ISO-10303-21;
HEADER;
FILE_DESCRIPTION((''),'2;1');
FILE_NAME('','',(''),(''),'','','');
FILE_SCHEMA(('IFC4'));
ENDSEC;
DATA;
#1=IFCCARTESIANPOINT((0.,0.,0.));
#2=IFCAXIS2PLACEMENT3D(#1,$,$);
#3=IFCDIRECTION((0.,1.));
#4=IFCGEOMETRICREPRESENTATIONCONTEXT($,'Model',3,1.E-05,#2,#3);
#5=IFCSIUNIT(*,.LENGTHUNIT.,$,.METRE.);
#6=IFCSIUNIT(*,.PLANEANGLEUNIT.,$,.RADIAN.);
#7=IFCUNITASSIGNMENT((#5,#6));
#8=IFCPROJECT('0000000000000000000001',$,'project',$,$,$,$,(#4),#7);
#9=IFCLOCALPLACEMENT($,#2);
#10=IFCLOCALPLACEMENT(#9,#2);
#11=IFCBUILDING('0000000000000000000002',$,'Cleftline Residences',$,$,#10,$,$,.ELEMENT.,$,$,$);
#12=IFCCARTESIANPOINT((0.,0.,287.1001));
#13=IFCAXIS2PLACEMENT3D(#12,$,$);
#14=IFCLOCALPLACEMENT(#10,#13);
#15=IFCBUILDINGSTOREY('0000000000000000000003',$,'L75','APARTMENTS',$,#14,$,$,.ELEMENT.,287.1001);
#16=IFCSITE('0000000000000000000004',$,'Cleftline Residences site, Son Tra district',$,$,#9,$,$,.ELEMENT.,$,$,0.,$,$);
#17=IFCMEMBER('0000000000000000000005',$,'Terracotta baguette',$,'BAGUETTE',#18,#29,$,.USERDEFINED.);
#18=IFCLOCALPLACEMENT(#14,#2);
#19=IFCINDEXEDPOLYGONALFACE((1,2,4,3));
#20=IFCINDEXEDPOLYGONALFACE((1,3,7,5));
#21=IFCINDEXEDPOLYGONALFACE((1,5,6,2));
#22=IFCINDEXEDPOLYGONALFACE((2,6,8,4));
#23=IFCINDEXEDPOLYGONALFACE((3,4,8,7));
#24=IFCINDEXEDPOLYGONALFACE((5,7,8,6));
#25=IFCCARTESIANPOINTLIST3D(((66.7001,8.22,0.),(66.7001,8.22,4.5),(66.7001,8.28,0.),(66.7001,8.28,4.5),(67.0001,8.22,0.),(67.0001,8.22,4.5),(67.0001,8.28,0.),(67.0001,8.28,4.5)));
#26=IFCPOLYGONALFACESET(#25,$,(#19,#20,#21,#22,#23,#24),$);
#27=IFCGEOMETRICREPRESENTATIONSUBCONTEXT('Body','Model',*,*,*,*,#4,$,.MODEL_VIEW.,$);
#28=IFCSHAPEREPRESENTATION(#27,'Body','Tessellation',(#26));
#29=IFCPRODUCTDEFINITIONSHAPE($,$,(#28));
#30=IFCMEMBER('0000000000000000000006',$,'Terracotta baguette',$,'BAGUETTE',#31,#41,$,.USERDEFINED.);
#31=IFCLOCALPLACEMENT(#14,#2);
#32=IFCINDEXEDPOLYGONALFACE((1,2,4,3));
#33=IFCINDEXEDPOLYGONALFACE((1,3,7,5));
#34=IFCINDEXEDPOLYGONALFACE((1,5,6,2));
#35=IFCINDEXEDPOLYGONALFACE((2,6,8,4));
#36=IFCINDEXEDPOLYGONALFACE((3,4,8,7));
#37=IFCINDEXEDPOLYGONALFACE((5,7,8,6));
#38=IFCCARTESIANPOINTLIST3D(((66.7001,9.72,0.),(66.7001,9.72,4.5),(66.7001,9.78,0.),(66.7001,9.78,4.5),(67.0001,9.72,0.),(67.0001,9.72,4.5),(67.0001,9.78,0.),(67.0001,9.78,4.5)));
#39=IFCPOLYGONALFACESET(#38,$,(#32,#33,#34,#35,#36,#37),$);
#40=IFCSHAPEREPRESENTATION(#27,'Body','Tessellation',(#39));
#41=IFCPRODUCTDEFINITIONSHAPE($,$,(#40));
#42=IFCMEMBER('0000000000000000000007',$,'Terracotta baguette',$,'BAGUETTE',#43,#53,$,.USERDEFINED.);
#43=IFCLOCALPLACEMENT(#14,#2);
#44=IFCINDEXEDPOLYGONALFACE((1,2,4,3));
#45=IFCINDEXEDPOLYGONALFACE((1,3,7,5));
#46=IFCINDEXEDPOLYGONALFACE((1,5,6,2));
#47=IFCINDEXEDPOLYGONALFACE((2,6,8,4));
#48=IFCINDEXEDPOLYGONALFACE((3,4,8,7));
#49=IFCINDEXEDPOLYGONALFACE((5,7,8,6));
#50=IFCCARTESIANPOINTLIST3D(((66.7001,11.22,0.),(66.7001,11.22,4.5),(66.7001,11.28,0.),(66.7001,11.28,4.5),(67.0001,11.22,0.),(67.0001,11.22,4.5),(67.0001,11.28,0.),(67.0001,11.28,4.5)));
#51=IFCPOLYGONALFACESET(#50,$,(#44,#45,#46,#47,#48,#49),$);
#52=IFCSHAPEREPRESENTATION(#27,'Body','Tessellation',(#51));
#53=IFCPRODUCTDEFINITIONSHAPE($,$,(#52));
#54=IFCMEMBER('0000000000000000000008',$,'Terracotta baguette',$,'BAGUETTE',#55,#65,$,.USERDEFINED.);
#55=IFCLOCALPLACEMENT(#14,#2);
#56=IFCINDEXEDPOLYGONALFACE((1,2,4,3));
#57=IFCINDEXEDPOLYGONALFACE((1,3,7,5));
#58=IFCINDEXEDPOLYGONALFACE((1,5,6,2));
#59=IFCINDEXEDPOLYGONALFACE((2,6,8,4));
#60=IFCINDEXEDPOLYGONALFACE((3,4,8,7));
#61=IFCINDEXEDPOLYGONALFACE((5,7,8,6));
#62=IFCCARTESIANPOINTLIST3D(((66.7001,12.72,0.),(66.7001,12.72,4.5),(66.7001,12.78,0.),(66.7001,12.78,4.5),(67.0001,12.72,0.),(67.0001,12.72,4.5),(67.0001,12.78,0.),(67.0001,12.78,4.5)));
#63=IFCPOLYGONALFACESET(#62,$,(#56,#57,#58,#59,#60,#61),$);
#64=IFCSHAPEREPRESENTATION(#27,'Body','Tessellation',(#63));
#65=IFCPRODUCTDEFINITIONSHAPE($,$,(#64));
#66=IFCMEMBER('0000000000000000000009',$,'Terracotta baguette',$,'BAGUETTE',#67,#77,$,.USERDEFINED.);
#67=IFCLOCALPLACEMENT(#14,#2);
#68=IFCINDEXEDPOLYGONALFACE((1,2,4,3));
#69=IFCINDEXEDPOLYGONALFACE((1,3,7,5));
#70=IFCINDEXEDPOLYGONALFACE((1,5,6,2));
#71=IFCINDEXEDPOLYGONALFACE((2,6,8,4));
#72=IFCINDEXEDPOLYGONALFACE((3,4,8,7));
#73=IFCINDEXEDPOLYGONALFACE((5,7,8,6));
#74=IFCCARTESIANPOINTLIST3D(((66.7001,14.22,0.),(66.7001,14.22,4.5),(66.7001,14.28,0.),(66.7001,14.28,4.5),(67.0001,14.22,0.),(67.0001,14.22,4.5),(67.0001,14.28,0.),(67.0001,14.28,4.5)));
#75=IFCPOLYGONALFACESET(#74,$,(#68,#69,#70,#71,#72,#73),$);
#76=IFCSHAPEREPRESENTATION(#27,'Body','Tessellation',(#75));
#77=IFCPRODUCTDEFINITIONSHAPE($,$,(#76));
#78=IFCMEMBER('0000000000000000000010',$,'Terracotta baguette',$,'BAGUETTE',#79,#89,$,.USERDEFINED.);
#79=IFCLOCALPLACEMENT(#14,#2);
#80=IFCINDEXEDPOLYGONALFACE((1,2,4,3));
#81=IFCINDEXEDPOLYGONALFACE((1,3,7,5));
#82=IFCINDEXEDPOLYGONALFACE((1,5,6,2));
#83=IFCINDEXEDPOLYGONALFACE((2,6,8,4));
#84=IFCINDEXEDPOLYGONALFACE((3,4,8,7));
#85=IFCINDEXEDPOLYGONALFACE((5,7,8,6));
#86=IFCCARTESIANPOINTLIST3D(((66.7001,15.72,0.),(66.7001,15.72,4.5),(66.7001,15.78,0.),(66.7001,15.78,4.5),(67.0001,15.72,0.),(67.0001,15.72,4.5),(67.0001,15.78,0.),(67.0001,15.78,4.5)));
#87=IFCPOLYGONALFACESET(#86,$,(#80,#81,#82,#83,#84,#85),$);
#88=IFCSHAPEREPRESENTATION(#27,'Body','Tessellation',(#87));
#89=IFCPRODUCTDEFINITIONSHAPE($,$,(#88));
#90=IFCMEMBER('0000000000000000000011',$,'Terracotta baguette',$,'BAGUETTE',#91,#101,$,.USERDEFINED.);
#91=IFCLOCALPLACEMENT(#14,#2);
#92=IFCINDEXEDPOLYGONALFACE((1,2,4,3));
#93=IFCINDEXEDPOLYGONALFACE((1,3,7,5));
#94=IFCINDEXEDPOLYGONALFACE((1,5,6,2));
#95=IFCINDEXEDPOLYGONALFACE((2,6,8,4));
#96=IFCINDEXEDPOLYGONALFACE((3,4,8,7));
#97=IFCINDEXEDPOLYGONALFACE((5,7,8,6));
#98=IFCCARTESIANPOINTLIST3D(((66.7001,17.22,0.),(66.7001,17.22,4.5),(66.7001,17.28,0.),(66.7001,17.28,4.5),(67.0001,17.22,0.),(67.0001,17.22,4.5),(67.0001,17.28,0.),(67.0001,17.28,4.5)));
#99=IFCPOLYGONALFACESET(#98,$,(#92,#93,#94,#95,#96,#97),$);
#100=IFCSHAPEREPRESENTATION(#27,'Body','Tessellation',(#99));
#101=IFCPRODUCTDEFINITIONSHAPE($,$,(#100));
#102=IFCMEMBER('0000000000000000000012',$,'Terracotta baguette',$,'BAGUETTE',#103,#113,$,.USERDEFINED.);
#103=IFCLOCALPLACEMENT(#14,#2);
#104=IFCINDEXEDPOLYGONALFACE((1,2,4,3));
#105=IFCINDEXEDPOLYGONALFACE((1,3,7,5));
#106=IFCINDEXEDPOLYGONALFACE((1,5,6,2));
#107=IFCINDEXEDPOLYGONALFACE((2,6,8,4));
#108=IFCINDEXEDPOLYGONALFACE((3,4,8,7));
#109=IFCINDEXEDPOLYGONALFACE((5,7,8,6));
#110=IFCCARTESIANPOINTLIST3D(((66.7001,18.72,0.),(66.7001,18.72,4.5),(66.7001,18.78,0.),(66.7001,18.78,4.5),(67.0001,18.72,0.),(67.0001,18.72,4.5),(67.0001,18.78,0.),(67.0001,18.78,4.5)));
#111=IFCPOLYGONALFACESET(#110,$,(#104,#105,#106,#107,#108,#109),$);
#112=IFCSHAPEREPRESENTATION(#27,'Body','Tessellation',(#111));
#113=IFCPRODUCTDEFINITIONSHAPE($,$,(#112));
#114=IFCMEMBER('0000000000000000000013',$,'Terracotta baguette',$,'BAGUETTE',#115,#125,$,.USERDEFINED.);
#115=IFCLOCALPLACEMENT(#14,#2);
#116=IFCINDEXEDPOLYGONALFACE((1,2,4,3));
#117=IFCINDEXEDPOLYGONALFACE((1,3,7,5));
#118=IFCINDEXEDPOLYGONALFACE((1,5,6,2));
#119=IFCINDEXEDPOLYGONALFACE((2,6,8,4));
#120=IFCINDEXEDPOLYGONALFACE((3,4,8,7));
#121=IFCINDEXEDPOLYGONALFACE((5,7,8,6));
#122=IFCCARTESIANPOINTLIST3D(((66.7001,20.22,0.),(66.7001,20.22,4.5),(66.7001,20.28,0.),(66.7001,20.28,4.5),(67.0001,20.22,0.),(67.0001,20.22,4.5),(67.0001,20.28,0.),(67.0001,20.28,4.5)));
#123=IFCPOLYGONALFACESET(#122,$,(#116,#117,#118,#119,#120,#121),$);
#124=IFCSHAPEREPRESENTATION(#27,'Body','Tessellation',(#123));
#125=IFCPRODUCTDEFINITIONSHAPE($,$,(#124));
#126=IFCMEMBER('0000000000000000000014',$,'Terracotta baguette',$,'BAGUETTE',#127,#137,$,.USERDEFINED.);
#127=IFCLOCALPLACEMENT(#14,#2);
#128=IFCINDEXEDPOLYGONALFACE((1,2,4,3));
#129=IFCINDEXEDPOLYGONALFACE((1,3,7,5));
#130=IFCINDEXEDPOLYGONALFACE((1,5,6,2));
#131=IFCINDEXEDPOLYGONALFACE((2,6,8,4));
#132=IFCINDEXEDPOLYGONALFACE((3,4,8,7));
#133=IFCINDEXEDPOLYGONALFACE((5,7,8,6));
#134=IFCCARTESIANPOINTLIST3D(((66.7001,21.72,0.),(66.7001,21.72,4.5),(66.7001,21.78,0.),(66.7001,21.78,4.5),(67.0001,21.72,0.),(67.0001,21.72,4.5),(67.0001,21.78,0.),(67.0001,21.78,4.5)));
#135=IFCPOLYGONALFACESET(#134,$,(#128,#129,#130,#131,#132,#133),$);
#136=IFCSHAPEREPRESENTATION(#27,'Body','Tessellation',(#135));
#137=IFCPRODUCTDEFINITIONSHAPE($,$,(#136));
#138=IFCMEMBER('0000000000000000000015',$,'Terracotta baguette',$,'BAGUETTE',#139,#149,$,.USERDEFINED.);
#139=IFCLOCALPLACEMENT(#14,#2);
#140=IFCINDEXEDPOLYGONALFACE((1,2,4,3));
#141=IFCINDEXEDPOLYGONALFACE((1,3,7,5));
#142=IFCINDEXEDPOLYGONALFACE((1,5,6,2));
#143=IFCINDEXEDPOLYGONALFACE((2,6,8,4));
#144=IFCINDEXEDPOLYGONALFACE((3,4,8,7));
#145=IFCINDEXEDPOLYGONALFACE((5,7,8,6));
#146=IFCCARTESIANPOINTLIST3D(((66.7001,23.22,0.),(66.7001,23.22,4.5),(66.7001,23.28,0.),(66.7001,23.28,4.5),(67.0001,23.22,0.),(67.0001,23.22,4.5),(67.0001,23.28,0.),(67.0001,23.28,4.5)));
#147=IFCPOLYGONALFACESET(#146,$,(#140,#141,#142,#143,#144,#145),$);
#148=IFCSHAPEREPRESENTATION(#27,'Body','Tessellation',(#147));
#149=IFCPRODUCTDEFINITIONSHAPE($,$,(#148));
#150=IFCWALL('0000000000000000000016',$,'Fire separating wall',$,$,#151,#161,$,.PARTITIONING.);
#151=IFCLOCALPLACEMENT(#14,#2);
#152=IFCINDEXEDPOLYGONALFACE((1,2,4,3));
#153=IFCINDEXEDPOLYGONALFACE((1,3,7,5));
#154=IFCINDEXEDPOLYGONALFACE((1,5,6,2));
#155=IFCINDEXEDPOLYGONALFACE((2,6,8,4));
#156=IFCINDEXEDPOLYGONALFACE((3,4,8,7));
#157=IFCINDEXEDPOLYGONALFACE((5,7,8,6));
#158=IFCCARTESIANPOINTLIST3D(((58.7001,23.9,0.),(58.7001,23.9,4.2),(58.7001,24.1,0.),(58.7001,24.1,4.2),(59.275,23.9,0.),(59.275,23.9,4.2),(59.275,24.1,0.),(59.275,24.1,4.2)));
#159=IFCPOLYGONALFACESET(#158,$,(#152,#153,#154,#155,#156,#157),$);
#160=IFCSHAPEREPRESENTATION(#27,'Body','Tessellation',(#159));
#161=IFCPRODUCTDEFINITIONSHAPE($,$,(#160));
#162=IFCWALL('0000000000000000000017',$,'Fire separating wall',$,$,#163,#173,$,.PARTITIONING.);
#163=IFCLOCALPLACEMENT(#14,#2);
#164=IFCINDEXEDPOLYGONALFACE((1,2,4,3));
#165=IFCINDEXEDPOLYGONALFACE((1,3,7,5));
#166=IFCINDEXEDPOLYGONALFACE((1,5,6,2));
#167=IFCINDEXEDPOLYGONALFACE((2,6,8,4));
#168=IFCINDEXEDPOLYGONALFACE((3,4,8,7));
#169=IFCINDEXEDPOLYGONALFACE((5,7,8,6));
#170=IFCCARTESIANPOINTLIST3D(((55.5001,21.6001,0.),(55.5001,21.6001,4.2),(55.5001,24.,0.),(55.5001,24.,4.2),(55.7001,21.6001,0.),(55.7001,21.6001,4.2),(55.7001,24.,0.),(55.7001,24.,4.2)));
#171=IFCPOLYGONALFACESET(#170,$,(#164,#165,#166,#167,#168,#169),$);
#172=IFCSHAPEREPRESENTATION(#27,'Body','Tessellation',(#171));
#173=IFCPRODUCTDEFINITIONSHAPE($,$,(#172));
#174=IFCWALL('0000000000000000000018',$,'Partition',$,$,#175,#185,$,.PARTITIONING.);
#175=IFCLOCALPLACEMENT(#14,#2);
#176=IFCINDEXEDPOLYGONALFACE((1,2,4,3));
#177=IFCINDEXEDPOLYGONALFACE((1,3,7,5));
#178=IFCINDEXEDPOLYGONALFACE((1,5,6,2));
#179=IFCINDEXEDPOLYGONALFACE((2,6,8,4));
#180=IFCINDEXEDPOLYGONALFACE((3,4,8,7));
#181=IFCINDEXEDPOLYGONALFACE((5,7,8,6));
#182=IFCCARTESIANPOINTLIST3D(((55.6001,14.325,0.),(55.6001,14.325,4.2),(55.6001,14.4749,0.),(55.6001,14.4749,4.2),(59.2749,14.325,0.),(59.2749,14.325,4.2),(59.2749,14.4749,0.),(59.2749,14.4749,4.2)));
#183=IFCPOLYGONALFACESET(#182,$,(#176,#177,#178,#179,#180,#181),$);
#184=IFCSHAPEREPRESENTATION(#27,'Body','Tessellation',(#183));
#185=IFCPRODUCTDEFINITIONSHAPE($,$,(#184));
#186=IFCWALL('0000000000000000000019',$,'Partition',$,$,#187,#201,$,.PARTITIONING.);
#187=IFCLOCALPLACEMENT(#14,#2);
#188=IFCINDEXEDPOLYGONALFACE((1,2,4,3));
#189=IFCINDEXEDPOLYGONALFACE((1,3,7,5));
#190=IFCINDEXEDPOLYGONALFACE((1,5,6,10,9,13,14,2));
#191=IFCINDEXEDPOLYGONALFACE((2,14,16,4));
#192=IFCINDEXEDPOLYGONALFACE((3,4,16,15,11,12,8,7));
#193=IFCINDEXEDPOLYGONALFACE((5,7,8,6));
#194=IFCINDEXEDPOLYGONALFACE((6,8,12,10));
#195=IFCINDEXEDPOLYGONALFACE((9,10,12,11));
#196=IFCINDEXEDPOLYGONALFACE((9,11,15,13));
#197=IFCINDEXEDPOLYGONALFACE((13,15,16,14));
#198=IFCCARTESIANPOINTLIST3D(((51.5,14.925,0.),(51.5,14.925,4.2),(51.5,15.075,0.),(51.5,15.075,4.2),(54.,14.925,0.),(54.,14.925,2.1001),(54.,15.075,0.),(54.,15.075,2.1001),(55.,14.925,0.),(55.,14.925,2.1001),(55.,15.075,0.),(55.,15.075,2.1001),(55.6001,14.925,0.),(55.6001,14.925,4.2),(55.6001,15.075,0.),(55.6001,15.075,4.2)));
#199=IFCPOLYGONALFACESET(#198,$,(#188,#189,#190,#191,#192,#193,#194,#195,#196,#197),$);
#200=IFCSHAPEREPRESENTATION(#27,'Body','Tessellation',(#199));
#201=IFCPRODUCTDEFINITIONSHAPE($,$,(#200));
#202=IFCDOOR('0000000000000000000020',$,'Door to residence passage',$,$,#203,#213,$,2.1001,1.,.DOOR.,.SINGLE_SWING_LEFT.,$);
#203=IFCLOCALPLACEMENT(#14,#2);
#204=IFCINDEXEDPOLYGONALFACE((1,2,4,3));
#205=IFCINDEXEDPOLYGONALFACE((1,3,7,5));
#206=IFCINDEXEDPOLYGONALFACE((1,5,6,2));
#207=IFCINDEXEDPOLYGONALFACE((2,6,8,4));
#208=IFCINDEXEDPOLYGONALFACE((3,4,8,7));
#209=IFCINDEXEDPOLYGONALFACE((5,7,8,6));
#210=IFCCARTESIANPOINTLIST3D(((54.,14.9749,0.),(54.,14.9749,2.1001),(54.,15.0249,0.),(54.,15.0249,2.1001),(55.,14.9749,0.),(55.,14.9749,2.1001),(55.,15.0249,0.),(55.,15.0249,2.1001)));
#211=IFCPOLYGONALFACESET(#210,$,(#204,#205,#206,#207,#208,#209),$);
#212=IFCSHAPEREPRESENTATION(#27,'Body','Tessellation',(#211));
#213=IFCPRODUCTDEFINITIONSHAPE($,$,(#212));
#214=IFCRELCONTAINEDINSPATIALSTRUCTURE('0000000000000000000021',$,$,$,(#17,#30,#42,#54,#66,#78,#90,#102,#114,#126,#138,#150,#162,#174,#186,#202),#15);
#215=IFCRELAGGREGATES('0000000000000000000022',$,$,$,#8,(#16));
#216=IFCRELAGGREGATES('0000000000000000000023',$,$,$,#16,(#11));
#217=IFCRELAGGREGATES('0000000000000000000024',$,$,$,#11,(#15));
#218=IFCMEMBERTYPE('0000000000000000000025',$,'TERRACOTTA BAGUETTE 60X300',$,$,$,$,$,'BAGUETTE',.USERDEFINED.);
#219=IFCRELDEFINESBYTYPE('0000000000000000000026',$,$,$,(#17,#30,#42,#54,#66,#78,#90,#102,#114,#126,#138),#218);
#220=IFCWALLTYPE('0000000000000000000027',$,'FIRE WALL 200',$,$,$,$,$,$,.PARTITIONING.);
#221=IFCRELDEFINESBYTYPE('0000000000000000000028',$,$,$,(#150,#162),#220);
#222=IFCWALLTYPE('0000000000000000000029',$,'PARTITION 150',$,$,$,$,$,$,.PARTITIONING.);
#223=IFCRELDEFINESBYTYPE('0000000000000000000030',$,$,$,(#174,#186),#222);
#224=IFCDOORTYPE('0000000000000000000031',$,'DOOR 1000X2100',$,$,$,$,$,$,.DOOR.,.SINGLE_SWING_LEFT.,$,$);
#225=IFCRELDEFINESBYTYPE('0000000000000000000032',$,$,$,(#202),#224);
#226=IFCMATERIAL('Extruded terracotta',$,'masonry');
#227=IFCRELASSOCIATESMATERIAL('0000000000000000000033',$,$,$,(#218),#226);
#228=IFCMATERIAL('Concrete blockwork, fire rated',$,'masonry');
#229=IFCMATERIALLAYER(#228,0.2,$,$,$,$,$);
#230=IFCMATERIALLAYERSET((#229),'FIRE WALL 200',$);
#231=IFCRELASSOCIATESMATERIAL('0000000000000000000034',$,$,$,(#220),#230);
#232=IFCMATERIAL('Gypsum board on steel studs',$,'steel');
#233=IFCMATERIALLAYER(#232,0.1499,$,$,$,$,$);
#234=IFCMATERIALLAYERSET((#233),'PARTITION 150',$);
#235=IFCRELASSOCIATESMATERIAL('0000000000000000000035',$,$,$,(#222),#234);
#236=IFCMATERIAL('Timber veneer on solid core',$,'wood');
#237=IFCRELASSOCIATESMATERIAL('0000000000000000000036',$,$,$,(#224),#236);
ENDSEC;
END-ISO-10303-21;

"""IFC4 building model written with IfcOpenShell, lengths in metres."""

from ifc_helpers import new_model, si_unit, direction, frame, frame_2d, origin, origin_2d, place, context, subcontext, project, spatial, rectangle, extrude, material, layer, layer_set, material_profile, profile_set, type_object, element, fill, save


model = new_model("IFC4")

# Units and contexts
model_context = context("Model", 3, precision=1e-05, world=origin(), true_north=direction((0.0, 1.0)))
body_context = subcontext(model_context, "Body", "Model", "MODEL_VIEW")
ifc_project = project(units=[si_unit("LENGTHUNIT", "METRE"), si_unit("PLANEANGLEUNIT", "RADIAN")], contexts=[model_context])

# Site, building, storey
site_placement = place(None, origin())
site = spatial("IfcSite", under=ifc_project, at=site_placement, Name="Cleftline Residences site, Son Tra district", CompositionType="ELEMENT", RefElevation=0.0)
building_placement = place(site_placement, origin())
building = spatial("IfcBuilding", under=site, at=building_placement, Name="Cleftline Residences", CompositionType="ELEMENT")
storey_placement = place(building_placement, frame((0.0, 0.0, 287.1001)))
storey = spatial("IfcBuildingStorey", under=building, at=storey_placement, Name="L75", Description="APARTMENTS", CompositionType="ELEMENT", Elevation=287.1001)

# Members
ifc_material_1 = material(Name="Extruded terracotta", Category="masonry")
ifc_material_profile_1 = material_profile(ifc_material_1, rectangle(XDim=0.0601, YDim=0.3, at=origin_2d()))
ifc_profile_set_1 = profile_set([ifc_material_profile_1], Name="Extruded terracotta")
member_type_1 = type_object("IfcMemberType", Name="TERRACOTTA BAGUETTE 60X300", ElementType="BAGUETTE", PredefinedType="USERDEFINED", material=ifc_profile_set_1)
for number, where, z_axis, x_axis, name in (
    (1, (66.8501, 8.25, 0.0), (0.0, 0.0, 1.0), (0.0, 1.0, 0.0), "Terracotta baguette"),
    (2, (66.8501, 9.75, 0.0), (0.0, 0.0, 1.0), (0.0, 1.0, 0.0), "Terracotta baguette"),
    (3, (66.8501, 11.25, 0.0), (0.0, 0.0, 1.0), (0.0, 1.0, 0.0), "Terracotta baguette"),
    (4, (66.8501, 12.75, 0.0), (0.0, 0.0, 1.0), (0.0, 1.0, 0.0), "Terracotta baguette"),
    (5, (66.8501, 14.25, 0.0), (0.0, 0.0, 1.0), (0.0, 1.0, 0.0), "Terracotta baguette"),
    (6, (66.8501, 15.75, 0.0), (0.0, 0.0, 1.0), (0.0, 1.0, 0.0), "Terracotta baguette"),
    (7, (66.8501, 17.25, 0.0), (0.0, 0.0, 1.0), (0.0, 1.0, 0.0), "Terracotta baguette"),
    (8, (66.8501, 18.75, 0.0), (0.0, 0.0, 1.0), (0.0, 1.0, 0.0), "Terracotta baguette"),
    (9, (66.8501, 20.25, 0.0), (0.0, 0.0, 1.0), (0.0, 1.0, 0.0), "Terracotta baguette"),
    (10, (66.8501, 21.75, 0.0), (0.0, 0.0, 1.0), (0.0, 1.0, 0.0), "Terracotta baguette"),
    (11, (66.8501, 23.25, 0.0), (0.0, 0.0, 1.0), (0.0, 1.0, 0.0), "Terracotta baguette"),
):
    element("IfcMember", number, at=place(storey_placement, frame(where, z_axis=z_axis, x_axis=x_axis)), inside=storey, type_object=member_type_1, Name=name, ObjectType="BAGUETTE", PredefinedType="USERDEFINED", context=body_context, shape_type="SweptSolid", body=[
        extrude(rectangle(XDim=0.0601, YDim=0.3, at=origin_2d()), origin(), (0.0, 0.0, 1.0), 4.5),
    ])

# Walls
ifc_material_2 = material(Name="Concrete blockwork, fire rated", Category="masonry")
ifc_layer_1 = layer(ifc_material_2, 0.2)
ifc_layer_set_1 = layer_set([ifc_layer_1], Name="FIRE WALL 200")
wall_type_1 = type_object("IfcWallType", Name="FIRE WALL 200", PredefinedType="PARTITIONING", material=ifc_layer_set_1)
wall_1_placement = place(storey_placement, frame((58.7, 24.0, 0.0), z_axis=(0.0, 0.0, 1.0), x_axis=(1.0, 0.0, 0.0)))
element("IfcWall", 12, at=wall_1_placement, inside=storey, type_object=wall_type_1, Name="Fire separating wall", PredefinedType="PARTITIONING", context=body_context, shape_type="SweptSolid", body=[
    extrude(rectangle(XDim=0.575, YDim=0.2, at=frame_2d((0.2876, 0.0))), origin(), (0.0, 0.0, 1.0), 4.2),
])
wall_2_placement = place(storey_placement, frame((55.6001, 21.6001, 0.0), z_axis=(0.0, 0.0, 1.0), x_axis=(0.0, 1.0, 0.0)))
element("IfcWall", 13, at=wall_2_placement, inside=storey, type_object=wall_type_1, Name="Fire separating wall", PredefinedType="PARTITIONING", context=body_context, shape_type="SweptSolid", body=[
    extrude(rectangle(XDim=2.3999, YDim=0.2, at=frame_2d((1.2, 0.0))), origin(), (0.0, 0.0, 1.0), 4.2),
])
ifc_material_3 = material(Name="Gypsum board on steel studs", Category="steel")
ifc_layer_2 = layer(ifc_material_3, 0.1499)
ifc_layer_set_2 = layer_set([ifc_layer_2], Name="PARTITION 150")
wall_type_2 = type_object("IfcWallType", Name="PARTITION 150", PredefinedType="PARTITIONING", material=ifc_layer_set_2)
wall_3_placement = place(storey_placement, frame((55.6001, 14.3999, 0.0), z_axis=(0.0, 0.0, 1.0), x_axis=(1.0, 0.0, 0.0)))
element("IfcWall", 14, at=wall_3_placement, inside=storey, type_object=wall_type_2, Name="Partition", PredefinedType="PARTITIONING", context=body_context, shape_type="SweptSolid", body=[
    extrude(rectangle(XDim=3.6748, YDim=0.1499, at=frame_2d((1.8374, 0.0))), origin(), (0.0, 0.0, 1.0), 4.2),
])

# Wall, opening, door
wall_4_placement = place(storey_placement, frame((51.5, 15.0, 0.0), z_axis=(0.0, 0.0, 1.0), x_axis=(1.0, 0.0, 0.0)))
wall_4 = element("IfcWall", 15, at=wall_4_placement, inside=storey, type_object=wall_type_2, Name="Partition", PredefinedType="PARTITIONING", context=body_context, shape_type="SweptSolid", body=[
    extrude(rectangle(XDim=4.1001, YDim=0.1499, at=frame_2d((2.05, 0.0))), origin(), (0.0, 0.0, 1.0), 4.2),
])
opening_1_placement = place(wall_4_placement, frame((2.5, 0.0, 0.0)))
opening_1 = element("IfcOpeningElement", 16, at=opening_1_placement, cuts=wall_4, PredefinedType="OPENING", context=body_context, shape_type="SweptSolid", body=[
    extrude(rectangle(XDim=1.0, YDim=2.1001, at=frame_2d((0.5, 1.05))), frame((0.0, 0.085, 0.0), z_axis=(0.0, -1.0, 0.0), x_axis=(1.0, 0.0, 0.0)), (0.0, 0.0, 1.0), 0.1699),
])
ifc_material_4 = material(Name="Timber veneer on solid core", Category="wood")
door_type_1 = type_object("IfcDoorType", Name="DOOR 1000X2100", OperationType="SINGLE_SWING_LEFT", PredefinedType="DOOR", material=ifc_material_4)
door_1_placement = place(opening_1_placement, origin())
door_1 = element("IfcDoor", 17, at=door_1_placement, inside=storey, type_object=door_type_1, Name="Door to residence passage", OperationType="SINGLE_SWING_LEFT", OverallHeight=2.1001, OverallWidth=1.0, PredefinedType="DOOR", context=body_context, shape_type="SweptSolid", body=[
    extrude(rectangle(XDim=1.0, YDim=2.1001, at=frame_2d((0.5, 1.05))), frame((0.0, 0.0249, 0.0), z_axis=(0.0, -1.0, 0.0), x_axis=(1.0, 0.0, 0.0)), (0.0, 0.0, 1.0), 0.05),
])
fill(opening_1, door_1)

save(model, "model.ifc")
